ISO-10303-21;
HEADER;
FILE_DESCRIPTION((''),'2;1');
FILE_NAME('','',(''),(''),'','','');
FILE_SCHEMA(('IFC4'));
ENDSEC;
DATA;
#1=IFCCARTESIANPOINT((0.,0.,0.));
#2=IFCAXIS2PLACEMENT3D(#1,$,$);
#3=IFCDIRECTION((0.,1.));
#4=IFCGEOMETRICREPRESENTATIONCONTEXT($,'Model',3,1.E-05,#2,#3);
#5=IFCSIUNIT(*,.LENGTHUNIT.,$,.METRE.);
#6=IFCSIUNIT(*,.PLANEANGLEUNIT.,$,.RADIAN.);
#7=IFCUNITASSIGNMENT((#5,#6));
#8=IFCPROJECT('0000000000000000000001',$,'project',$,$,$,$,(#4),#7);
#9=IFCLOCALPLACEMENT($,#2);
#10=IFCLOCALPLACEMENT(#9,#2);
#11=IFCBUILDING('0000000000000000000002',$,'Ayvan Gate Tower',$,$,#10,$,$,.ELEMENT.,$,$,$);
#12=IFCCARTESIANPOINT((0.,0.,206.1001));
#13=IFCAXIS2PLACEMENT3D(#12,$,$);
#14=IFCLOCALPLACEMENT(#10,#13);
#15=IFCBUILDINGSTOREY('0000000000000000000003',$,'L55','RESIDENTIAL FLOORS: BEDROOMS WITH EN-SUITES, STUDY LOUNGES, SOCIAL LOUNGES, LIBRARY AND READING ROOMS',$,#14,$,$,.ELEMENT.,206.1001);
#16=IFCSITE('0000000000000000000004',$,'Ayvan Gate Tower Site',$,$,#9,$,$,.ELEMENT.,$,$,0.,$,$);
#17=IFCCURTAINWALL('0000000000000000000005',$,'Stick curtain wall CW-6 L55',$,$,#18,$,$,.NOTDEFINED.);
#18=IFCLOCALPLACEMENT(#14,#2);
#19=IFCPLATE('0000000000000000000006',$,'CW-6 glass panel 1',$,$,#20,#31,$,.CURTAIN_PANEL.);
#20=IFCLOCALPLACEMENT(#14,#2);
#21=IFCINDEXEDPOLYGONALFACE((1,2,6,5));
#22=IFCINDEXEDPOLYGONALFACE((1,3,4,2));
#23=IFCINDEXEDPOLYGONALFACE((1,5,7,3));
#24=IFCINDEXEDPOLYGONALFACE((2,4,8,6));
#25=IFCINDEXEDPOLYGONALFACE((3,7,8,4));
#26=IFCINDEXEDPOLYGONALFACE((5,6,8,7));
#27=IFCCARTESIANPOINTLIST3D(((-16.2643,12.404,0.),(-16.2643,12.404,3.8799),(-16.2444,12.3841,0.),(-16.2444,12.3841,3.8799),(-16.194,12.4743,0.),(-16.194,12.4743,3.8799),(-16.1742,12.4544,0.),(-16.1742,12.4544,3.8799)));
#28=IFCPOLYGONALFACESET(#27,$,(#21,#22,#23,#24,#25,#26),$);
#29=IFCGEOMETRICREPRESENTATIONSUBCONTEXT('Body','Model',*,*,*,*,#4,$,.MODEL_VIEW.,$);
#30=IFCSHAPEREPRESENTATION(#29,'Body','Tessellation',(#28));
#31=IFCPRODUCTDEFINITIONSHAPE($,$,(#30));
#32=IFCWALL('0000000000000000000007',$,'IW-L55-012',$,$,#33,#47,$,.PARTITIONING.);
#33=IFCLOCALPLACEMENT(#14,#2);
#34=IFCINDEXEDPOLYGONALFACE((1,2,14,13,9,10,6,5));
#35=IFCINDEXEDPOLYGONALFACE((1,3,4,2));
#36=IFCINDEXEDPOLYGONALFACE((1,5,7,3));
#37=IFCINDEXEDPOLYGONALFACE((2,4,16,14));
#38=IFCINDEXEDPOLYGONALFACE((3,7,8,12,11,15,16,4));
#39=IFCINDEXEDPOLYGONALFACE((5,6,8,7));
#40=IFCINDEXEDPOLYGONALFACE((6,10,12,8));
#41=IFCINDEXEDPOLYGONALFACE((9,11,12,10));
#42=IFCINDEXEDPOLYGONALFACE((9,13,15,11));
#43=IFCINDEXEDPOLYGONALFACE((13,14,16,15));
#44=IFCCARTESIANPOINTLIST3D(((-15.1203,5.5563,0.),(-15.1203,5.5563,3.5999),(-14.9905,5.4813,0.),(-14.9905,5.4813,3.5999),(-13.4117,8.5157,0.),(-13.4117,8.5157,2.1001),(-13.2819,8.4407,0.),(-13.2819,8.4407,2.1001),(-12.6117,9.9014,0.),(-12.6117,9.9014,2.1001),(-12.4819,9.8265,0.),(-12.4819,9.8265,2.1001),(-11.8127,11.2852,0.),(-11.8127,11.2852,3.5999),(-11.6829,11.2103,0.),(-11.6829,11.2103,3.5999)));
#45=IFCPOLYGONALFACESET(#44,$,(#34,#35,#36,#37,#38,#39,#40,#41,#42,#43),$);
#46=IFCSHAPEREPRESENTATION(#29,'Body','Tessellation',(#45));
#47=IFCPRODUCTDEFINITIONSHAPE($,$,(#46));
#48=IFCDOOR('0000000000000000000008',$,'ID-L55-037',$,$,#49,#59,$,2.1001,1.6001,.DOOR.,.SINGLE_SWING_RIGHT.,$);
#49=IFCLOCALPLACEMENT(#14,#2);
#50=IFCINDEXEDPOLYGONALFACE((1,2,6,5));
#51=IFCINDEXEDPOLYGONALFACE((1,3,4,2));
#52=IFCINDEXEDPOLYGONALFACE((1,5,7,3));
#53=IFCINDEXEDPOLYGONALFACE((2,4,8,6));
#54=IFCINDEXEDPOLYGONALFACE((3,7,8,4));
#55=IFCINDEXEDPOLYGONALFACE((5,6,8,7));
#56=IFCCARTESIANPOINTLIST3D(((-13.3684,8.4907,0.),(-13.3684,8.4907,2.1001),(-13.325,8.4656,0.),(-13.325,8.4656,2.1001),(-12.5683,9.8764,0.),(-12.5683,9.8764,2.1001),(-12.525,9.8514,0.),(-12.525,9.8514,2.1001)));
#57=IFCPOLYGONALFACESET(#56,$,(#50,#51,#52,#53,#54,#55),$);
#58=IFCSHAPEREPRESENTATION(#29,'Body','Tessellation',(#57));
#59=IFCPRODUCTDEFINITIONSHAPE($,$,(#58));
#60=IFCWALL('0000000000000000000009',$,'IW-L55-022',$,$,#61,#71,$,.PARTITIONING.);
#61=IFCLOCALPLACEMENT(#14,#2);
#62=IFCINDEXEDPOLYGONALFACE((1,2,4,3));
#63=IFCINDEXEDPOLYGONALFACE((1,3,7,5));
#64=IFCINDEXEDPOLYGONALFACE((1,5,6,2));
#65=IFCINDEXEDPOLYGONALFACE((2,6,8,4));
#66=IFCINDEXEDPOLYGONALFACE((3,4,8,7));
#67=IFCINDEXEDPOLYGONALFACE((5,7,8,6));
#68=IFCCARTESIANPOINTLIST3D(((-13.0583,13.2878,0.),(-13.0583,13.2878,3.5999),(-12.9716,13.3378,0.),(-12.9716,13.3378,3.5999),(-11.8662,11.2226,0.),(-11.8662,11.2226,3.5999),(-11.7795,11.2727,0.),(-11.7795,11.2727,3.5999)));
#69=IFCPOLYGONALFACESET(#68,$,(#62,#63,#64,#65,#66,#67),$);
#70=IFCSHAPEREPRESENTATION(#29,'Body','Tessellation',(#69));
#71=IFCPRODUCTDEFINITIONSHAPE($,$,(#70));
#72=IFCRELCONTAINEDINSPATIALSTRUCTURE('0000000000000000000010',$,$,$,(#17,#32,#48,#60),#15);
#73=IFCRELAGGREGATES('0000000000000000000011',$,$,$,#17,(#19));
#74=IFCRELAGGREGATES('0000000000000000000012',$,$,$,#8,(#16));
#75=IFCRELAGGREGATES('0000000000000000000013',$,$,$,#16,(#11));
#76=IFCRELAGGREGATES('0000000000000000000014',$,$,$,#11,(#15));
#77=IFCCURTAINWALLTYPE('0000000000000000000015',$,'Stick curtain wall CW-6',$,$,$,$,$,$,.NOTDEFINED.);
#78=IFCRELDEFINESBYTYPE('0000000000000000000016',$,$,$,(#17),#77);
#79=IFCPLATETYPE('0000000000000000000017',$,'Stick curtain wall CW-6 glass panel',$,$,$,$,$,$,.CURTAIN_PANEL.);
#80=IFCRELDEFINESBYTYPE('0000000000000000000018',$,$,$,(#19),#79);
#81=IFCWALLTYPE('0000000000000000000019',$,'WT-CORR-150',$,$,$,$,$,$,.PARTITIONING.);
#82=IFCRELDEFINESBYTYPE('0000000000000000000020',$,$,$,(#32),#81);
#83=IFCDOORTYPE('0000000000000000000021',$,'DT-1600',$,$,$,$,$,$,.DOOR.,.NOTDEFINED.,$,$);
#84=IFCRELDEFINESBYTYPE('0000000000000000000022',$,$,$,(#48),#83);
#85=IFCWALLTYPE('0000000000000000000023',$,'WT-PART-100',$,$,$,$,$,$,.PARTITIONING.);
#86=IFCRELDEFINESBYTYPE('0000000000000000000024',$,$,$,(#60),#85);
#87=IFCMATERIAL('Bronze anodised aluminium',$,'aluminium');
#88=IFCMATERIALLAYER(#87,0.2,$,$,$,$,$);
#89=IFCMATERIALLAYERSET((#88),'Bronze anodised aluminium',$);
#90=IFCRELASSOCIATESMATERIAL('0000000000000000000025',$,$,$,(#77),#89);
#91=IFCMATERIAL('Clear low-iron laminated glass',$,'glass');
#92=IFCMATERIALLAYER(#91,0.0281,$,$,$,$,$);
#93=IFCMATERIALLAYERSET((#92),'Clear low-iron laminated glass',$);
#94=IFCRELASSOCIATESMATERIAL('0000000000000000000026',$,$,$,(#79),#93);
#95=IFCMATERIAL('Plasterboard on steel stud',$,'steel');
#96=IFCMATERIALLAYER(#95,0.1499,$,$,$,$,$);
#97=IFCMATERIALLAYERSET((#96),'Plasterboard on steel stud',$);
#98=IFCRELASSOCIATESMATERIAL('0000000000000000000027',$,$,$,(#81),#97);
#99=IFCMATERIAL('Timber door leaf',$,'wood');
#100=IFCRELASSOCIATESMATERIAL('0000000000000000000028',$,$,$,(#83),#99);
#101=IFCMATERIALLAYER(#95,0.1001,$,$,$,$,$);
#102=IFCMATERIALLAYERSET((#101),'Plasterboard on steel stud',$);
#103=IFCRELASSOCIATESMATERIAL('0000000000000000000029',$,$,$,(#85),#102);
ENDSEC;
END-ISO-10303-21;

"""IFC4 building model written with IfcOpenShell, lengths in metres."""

from ifc_helpers import new_model, si_unit, direction, frame, frame_2d, origin, origin_2d, place, context, subcontext, project, spatial, rectangle, extrude, material, layer, layer_set, type_object, element, fill, aggregate, save


model = new_model("IFC4")

# Units and contexts
model_context = context("Model", 3, precision=1e-05, world=origin(), true_north=direction((0.0, 1.0)))
body_context = subcontext(model_context, "Body", "Model", "MODEL_VIEW")
ifc_project = project(units=[si_unit("LENGTHUNIT", "METRE"), si_unit("PLANEANGLEUNIT", "RADIAN")], contexts=[model_context])

# Site, building, storey
site_placement = place(None, origin())
site = spatial("IfcSite", under=ifc_project, at=site_placement, Name="Ayvan Gate Tower Site", CompositionType="ELEMENT", RefElevation=0.0)
building_placement = place(site_placement, origin())
building = spatial("IfcBuilding", under=site, at=building_placement, Name="Ayvan Gate Tower", CompositionType="ELEMENT")
storey_placement = place(building_placement, frame((0.0, 0.0, 206.1001)))
storey = spatial("IfcBuildingStorey", under=building, at=storey_placement, Name="L55", Description="RESIDENTIAL FLOORS: BEDROOMS WITH EN-SUITES, STUDY LOUNGES, SOCIAL LOUNGES, LIBRARY AND READING ROOMS", CompositionType="ELEMENT", Elevation=206.1001)

# Curtain wall
ifc_material_1 = material(Name="Bronze anodised aluminium", Category="aluminium")
ifc_layer_1 = layer(ifc_material_1, 0.2)
ifc_layer_set_1 = layer_set([ifc_layer_1], Name="Bronze anodised aluminium")
curtain_wall_type_1 = type_object("IfcCurtainWallType", Name="Stick curtain wall CW-6", PredefinedType="NOTDEFINED", material=ifc_layer_set_1)
curtain_wall_1_placement = place(storey_placement, origin())
curtain_wall_1 = element("IfcCurtainWall", 1, at=curtain_wall_1_placement, inside=storey, type_object=curtain_wall_type_1, Name="Stick curtain wall CW-6 L55", PredefinedType="NOTDEFINED")

# Plate
ifc_material_2 = material(Name="Clear low-iron laminated glass", Category="glass")
ifc_layer_2 = layer(ifc_material_2, 0.0281)
ifc_layer_set_2 = layer_set([ifc_layer_2], Name="Clear low-iron laminated glass")
plate_type_1 = type_object("IfcPlateType", Name="Stick curtain wall CW-6 glass panel", PredefinedType="CURTAIN_PANEL", material=ifc_layer_set_2)
plate_1_placement = place(storey_placement, frame((-16.2192, 12.4292, 0.0), z_axis=(0.0, 0.0, 1.0), x_axis=(-0.707107, -0.707107, 0.0)))
plate_1 = element("IfcPlate", 2, at=plate_1_placement, type_object=plate_type_1, Name="CW-6 glass panel 1", PredefinedType="CURTAIN_PANEL", context=body_context, shape_type="SweptSolid", body=[
    extrude(rectangle(XDim=0.0994, YDim=0.0281, at=origin_2d()), origin(), (0.0, 0.0, 1.0), 3.8799),
])
aggregate(curtain_wall_1, [plate_1])

# Wall, opening, door
ifc_material_3 = material(Name="Plasterboard on steel stud", Category="steel")
ifc_layer_3 = layer(ifc_material_3, 0.1499)
ifc_layer_set_3 = layer_set([ifc_layer_3], Name="Plasterboard on steel stud")
wall_type_1 = type_object("IfcWallType", Name="WT-CORR-150", PredefinedType="PARTITIONING", material=ifc_layer_set_3)
wall_1_placement = place(storey_placement, frame((-15.0554, 5.5188, 0.0), z_axis=(0.0, 0.0, 1.0), x_axis=(0.499997, 0.866027, 0.0)))
wall_1 = element("IfcWall", 3, at=wall_1_placement, inside=storey, type_object=wall_type_1, Name="IW-L55-012", PredefinedType="PARTITIONING", context=body_context, shape_type="SweptSolid", body=[
    extrude(rectangle(XDim=6.6152, YDim=0.1499, at=frame_2d((3.3076, 0.0))), origin(), (0.0, 0.0, 1.0), 3.5999),
])
opening_placement = place(wall_1_placement, frame((3.4172, 0.0, 0.0)))
opening = element("IfcOpeningElement", 4, at=opening_placement, cuts=wall_1, PredefinedType="OPENING", context=body_context, shape_type="SweptSolid", body=[
    extrude(rectangle(XDim=1.6001, YDim=2.1001, at=frame_2d((0.8, 1.05))), frame((0.0, 0.085, 0.0), z_axis=(0.0, -1.0, 0.0), x_axis=(1.0, 0.0, 0.0)), (0.0, 0.0, 1.0), 0.1699),
])
ifc_material_4 = material(Name="Timber door leaf", Category="wood")
door_type = type_object("IfcDoorType", Name="DT-1600", OperationType="NOTDEFINED", PredefinedType="DOOR", material=ifc_material_4)
door_placement = place(opening_placement, origin())
door = element("IfcDoor", 5, at=door_placement, inside=storey, type_object=door_type, Name="ID-L55-037", OperationType="SINGLE_SWING_RIGHT", OverallHeight=2.1001, OverallWidth=1.6001, PredefinedType="DOOR", context=body_context, shape_type="SweptSolid", body=[
    extrude(rectangle(XDim=1.6001, YDim=2.1001, at=frame_2d((0.8, 1.05))), frame((0.0, 0.0249, 0.0), z_axis=(0.0, -1.0, 0.0), x_axis=(1.0, 0.0, 0.0)), (0.0, 0.0, 1.0), 0.05),
])
fill(opening, door)

# Wall
ifc_layer_4 = layer(ifc_material_3, 0.1001)
ifc_layer_set_4 = layer_set([ifc_layer_4], Name="Plasterboard on steel stud")
wall_type_2 = type_object("IfcWallType", Name="WT-PART-100", PredefinedType="PARTITIONING", material=ifc_layer_set_4)
wall_2_placement = place(storey_placement, frame((-11.8228, 11.2476, 0.0), z_axis=(0.0, 0.0, 1.0), x_axis=(-0.499938, 0.866061, 0.0)))
element("IfcWall", 6, at=wall_2_placement, inside=storey, type_object=wall_type_2, Name="IW-L55-022", PredefinedType="PARTITIONING", context=body_context, shape_type="SweptSolid", body=[
    extrude(rectangle(XDim=2.3845, YDim=0.1001, at=frame_2d((1.1924, 0.0))), origin(), (0.0, 0.0, 1.0), 3.5999),
])

save(model, "model.ifc")
